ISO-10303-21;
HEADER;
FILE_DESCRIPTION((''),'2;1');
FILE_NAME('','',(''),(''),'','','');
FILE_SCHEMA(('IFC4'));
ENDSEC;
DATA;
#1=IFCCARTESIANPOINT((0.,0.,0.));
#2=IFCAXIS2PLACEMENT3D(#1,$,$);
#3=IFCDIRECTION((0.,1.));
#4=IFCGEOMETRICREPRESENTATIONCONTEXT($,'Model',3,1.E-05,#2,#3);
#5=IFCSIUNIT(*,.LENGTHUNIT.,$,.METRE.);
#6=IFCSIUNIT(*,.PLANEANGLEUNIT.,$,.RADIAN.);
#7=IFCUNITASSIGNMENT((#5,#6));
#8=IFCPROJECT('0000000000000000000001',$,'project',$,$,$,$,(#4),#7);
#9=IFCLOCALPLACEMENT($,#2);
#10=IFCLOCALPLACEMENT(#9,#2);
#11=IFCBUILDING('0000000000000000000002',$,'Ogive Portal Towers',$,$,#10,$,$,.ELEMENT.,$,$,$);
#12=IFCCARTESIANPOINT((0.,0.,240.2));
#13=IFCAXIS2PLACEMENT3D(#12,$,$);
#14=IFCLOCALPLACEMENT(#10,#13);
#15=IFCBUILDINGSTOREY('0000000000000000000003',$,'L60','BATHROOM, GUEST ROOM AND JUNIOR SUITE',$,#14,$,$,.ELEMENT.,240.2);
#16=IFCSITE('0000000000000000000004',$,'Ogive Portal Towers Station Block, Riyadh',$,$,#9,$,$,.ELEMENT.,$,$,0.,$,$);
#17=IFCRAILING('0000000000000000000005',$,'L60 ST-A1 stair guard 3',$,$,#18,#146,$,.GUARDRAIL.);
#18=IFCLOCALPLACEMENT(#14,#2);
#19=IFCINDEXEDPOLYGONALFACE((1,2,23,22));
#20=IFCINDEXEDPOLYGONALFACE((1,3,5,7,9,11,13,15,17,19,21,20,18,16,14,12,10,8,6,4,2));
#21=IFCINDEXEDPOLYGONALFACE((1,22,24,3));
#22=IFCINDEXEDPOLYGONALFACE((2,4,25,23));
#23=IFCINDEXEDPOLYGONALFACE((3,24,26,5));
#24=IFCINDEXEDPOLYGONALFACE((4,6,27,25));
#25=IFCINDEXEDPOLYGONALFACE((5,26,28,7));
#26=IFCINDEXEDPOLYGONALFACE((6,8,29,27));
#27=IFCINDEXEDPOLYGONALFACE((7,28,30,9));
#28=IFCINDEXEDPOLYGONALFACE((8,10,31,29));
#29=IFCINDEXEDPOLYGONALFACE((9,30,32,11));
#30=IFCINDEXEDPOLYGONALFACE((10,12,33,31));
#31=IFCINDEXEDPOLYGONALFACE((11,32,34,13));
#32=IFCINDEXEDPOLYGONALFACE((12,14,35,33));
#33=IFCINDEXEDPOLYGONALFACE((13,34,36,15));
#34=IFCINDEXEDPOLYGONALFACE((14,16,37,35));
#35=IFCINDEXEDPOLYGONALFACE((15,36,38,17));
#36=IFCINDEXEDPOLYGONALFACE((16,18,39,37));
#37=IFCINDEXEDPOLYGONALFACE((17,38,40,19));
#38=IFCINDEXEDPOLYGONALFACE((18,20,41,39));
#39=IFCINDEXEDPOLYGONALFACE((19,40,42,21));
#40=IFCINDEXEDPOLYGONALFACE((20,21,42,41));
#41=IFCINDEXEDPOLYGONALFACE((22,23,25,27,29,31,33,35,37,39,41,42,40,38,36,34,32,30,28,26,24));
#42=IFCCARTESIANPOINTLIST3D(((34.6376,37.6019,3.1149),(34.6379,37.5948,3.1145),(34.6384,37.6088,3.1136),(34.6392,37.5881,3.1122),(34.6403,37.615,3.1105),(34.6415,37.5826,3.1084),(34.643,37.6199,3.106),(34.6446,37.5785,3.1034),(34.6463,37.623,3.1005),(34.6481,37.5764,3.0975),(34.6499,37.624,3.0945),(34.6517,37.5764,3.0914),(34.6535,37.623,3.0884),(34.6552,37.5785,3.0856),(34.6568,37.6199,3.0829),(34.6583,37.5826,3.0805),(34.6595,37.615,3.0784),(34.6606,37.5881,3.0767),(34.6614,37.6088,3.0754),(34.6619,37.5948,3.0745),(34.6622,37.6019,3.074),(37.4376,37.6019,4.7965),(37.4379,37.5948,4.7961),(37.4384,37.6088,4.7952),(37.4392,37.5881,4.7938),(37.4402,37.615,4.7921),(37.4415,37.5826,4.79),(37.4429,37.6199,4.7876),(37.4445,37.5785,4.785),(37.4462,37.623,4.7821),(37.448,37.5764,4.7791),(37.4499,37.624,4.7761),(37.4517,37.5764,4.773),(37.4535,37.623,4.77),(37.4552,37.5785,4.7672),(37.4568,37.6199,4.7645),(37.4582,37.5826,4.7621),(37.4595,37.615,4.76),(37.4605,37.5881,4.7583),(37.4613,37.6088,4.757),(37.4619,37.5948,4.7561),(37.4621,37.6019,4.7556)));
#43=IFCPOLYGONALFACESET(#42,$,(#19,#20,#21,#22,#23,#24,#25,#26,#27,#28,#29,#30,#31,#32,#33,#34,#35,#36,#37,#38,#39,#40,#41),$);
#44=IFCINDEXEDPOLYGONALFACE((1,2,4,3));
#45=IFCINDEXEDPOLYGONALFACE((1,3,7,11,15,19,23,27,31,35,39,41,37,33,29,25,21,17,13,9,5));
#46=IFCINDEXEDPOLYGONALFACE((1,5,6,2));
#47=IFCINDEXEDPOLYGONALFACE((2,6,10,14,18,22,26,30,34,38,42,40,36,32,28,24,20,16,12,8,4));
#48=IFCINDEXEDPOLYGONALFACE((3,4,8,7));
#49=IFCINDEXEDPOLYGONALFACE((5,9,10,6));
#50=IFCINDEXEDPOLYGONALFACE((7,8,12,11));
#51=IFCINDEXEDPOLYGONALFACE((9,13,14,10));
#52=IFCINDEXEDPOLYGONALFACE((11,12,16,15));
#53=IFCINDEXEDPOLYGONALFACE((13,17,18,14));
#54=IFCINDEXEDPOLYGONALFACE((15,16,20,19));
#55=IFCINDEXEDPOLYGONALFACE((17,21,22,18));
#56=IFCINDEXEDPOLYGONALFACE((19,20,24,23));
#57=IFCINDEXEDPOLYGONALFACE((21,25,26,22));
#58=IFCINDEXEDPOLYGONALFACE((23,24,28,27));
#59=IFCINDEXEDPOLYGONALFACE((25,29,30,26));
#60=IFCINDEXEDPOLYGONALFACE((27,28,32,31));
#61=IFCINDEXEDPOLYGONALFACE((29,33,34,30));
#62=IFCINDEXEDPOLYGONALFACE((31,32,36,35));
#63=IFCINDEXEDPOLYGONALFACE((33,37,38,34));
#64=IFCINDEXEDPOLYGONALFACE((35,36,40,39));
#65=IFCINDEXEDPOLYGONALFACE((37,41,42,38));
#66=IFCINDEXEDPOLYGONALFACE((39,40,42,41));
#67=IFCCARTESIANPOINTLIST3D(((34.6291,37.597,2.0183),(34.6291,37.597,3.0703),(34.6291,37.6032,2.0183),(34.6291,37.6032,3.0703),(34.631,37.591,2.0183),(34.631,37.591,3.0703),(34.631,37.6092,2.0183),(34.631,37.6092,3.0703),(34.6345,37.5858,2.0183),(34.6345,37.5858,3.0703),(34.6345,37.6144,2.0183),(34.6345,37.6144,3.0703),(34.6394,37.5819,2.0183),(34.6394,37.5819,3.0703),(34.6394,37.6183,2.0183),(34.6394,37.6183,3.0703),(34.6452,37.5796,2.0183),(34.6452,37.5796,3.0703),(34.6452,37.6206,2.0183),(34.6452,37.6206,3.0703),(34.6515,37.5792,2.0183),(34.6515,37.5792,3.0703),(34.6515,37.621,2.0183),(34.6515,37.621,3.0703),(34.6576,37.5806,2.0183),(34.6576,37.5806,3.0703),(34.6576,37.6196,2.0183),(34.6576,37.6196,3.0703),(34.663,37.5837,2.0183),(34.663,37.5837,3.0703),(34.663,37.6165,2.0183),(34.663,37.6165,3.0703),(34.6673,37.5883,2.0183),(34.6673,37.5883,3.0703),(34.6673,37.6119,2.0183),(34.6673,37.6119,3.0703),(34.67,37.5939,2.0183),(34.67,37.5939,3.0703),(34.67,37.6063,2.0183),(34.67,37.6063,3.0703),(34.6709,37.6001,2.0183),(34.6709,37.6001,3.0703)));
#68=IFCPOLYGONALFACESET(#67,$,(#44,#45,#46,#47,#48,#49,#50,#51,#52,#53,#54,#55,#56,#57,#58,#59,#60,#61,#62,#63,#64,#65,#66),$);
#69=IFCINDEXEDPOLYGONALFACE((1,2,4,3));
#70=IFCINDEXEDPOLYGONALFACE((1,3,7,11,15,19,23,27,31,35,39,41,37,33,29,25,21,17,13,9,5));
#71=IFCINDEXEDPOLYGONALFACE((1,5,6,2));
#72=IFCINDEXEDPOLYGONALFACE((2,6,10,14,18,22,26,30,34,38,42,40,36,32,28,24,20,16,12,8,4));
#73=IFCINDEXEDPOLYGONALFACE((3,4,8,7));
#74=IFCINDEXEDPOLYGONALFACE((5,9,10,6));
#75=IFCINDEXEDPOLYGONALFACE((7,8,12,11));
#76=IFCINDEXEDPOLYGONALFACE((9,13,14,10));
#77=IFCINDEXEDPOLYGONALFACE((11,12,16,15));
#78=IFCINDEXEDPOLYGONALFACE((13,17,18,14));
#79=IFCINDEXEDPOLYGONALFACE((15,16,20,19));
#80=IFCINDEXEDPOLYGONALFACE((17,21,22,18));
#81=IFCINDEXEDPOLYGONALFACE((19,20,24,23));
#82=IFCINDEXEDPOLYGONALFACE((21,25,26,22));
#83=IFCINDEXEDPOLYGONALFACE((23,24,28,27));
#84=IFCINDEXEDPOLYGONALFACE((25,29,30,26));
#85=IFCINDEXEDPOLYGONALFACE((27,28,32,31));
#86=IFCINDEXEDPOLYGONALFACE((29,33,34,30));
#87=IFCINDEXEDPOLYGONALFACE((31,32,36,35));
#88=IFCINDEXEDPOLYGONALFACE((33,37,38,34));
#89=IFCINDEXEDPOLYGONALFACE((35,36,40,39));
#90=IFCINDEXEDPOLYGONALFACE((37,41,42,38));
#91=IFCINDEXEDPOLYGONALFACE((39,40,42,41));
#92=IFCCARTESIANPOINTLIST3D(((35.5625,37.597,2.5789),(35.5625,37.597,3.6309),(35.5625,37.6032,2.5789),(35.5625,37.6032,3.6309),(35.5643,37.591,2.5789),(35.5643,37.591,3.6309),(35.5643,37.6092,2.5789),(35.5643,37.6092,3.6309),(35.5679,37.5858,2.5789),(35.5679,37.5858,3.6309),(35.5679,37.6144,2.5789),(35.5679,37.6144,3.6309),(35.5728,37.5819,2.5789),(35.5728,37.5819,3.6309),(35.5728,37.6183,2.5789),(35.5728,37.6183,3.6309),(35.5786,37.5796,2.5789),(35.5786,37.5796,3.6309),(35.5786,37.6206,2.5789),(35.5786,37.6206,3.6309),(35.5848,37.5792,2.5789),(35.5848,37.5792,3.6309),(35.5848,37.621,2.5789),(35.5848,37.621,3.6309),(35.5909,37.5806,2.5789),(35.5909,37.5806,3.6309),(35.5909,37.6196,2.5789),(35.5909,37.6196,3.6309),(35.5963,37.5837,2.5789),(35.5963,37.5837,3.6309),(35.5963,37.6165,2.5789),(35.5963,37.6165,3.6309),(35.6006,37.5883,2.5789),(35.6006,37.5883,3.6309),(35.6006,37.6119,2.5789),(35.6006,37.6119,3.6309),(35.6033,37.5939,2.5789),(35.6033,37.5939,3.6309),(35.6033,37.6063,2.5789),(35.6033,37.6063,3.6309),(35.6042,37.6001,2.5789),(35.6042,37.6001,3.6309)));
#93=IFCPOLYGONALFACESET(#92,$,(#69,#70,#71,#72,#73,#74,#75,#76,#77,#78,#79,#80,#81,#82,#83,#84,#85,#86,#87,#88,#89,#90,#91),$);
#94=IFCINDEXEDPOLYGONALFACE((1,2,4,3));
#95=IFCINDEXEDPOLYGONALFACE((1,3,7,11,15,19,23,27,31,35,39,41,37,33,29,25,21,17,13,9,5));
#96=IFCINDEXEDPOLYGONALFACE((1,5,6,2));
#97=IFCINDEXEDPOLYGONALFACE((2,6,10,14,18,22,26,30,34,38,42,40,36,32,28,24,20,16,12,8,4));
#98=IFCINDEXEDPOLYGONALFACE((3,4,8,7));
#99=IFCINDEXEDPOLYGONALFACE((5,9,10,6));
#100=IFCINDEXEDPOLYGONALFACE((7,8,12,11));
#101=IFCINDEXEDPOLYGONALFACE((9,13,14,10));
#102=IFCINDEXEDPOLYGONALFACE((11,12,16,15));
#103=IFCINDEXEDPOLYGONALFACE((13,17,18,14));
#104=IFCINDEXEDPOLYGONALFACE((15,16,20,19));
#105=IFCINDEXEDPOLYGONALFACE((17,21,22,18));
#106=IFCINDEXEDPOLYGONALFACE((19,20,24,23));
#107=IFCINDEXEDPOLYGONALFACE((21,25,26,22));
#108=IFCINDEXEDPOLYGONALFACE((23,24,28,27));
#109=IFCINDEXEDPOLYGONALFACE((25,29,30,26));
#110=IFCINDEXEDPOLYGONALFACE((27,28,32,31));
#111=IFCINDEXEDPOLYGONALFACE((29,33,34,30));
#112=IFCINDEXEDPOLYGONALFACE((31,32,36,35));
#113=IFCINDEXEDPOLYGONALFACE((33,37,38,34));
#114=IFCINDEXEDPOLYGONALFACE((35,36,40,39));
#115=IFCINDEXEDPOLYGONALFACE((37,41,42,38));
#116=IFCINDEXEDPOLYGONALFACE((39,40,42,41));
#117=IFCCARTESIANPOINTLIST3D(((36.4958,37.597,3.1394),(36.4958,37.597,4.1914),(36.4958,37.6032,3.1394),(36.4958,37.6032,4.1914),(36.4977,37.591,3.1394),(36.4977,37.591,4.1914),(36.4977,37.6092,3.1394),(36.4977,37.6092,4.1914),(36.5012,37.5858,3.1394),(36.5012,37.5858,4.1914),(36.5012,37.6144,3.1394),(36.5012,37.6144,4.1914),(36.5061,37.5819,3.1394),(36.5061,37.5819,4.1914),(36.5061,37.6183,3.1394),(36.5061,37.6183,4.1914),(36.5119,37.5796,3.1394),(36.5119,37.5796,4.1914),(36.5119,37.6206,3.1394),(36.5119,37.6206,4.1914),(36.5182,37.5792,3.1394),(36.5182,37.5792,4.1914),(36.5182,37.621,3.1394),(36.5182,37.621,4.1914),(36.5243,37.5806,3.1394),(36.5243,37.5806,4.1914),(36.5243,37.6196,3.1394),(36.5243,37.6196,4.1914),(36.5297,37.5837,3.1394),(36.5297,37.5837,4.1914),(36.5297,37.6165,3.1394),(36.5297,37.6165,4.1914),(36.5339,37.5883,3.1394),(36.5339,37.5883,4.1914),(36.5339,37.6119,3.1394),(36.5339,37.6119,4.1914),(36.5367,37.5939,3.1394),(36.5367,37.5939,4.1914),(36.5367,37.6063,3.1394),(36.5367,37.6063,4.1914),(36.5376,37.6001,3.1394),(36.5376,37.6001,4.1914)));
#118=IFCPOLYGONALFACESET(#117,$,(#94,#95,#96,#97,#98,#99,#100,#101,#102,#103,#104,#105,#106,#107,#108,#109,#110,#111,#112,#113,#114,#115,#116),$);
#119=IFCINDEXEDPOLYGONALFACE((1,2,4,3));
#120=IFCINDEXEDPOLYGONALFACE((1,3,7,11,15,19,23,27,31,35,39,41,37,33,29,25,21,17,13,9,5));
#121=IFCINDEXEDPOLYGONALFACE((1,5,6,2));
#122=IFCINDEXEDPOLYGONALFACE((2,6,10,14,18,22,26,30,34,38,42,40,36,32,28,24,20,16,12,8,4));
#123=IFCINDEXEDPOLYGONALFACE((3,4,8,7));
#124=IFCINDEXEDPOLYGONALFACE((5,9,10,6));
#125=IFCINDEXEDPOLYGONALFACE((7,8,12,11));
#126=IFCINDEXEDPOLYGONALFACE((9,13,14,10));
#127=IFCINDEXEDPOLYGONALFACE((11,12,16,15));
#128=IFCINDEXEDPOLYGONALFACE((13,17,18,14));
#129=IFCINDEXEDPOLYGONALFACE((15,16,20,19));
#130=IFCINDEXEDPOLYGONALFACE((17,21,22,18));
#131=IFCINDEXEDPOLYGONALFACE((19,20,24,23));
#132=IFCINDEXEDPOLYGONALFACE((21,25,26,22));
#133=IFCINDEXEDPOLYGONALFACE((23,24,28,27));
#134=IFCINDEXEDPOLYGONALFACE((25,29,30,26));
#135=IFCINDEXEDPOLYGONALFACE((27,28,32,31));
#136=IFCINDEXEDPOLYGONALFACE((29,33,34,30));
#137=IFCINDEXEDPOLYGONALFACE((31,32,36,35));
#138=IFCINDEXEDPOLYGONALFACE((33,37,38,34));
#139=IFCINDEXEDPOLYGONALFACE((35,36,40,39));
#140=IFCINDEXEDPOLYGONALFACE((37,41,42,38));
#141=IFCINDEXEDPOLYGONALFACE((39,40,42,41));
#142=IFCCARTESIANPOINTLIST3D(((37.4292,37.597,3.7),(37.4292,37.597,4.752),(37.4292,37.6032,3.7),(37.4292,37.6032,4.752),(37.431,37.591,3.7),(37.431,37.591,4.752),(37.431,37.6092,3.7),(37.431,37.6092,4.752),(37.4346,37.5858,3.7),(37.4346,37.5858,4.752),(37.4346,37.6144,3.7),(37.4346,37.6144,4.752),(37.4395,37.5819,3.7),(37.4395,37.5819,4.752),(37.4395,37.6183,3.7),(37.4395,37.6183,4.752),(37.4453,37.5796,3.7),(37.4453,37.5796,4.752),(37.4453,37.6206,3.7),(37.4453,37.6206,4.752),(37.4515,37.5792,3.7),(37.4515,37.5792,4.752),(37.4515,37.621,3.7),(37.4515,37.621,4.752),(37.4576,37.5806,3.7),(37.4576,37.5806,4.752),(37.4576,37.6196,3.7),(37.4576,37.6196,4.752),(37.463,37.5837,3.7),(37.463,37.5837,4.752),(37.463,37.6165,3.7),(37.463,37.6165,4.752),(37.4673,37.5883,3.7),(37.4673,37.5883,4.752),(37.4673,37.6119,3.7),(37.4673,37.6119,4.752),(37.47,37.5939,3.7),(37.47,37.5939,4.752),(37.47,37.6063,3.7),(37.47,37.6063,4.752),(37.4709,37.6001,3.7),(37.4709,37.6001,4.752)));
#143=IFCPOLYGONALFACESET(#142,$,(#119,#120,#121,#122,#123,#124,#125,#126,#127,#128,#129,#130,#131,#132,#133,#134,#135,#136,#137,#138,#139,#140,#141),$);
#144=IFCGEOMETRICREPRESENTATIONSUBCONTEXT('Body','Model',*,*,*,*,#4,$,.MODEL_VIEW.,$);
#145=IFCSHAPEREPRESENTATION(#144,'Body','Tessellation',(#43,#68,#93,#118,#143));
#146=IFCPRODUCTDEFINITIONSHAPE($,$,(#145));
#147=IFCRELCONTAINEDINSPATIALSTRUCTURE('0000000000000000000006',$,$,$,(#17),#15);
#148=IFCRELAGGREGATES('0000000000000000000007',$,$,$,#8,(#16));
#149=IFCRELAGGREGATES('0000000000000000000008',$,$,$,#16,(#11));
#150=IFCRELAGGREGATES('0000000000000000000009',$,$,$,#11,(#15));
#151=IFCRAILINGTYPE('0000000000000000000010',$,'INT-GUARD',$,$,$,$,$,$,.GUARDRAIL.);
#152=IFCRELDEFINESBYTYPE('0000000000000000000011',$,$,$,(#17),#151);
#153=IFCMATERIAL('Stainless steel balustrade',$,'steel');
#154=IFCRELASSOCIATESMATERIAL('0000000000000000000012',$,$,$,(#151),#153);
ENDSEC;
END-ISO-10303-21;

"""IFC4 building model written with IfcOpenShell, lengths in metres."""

from ifc_helpers import new_model, si_unit, direction, frame, origin, origin_2d, place, context, subcontext, project, spatial, circle, extrude, material, type_object, element, save


model = new_model("IFC4")

# Units and contexts
model_context = context("Model", 3, precision=1e-05, world=origin(), true_north=direction((0.0, 1.0)))
body_context = subcontext(model_context, "Body", "Model", "MODEL_VIEW")
ifc_project = project(units=[si_unit("LENGTHUNIT", "METRE"), si_unit("PLANEANGLEUNIT", "RADIAN")], contexts=[model_context])

# Site, building, storey
site_placement = place(None, origin())
site = spatial("IfcSite", under=ifc_project, at=site_placement, Name="Ogive Portal Towers Station Block, Riyadh", CompositionType="ELEMENT", RefElevation=0.0)
building_placement = place(site_placement, origin())
building = spatial("IfcBuilding", under=site, at=building_placement, Name="Ogive Portal Towers", CompositionType="ELEMENT")
storey_placement = place(building_placement, frame((0.0, 0.0, 240.2)))
storey = spatial("IfcBuildingStorey", under=building, at=storey_placement, Name="L60", Description="BATHROOM, GUEST ROOM AND JUNIOR SUITE", CompositionType="ELEMENT", Elevation=240.2)

# Railing
ifc_material_1 = material(Name="Stainless steel balustrade", Category="steel")
railing_type_1 = type_object("IfcRailingType", Name="INT-GUARD", PredefinedType="GUARDRAIL", material=ifc_material_1)
railing_1_placement = place(storey_placement, frame((34.6499, 37.6001, 2.0183)))
element("IfcRailing", 1, at=railing_1_placement, inside=storey, type_object=railing_type_1, Name="L60 ST-A1 stair guard 3", PredefinedType="GUARDRAIL", context=body_context, shape_type="SweptSolid", body=[
    extrude(circle(Radius=0.0239, at=origin_2d()), frame((0.0, 0.0, 1.0762), z_axis=(0.857275, 0.0, 0.514858), x_axis=(0.0, 1.0, 0.0)), (0.0, 0.0, 1.0), 3.2661),
    extrude(circle(Radius=0.021, at=origin_2d()), origin(), (0.0, 0.0, 1.0), 1.052),
    extrude(circle(Radius=0.021, at=origin_2d()), frame((0.9333, 0.0, 0.5605)), (0.0, 0.0, 1.0), 1.052),
    extrude(circle(Radius=0.021, at=origin_2d()), frame((1.8667, 0.0, 1.1211)), (0.0, 0.0, 1.0), 1.052),
    extrude(circle(Radius=0.021, at=origin_2d()), frame((2.8, 0.0, 1.6816)), (0.0, 0.0, 1.0), 1.052),
])

save(model, "model.ifc")
